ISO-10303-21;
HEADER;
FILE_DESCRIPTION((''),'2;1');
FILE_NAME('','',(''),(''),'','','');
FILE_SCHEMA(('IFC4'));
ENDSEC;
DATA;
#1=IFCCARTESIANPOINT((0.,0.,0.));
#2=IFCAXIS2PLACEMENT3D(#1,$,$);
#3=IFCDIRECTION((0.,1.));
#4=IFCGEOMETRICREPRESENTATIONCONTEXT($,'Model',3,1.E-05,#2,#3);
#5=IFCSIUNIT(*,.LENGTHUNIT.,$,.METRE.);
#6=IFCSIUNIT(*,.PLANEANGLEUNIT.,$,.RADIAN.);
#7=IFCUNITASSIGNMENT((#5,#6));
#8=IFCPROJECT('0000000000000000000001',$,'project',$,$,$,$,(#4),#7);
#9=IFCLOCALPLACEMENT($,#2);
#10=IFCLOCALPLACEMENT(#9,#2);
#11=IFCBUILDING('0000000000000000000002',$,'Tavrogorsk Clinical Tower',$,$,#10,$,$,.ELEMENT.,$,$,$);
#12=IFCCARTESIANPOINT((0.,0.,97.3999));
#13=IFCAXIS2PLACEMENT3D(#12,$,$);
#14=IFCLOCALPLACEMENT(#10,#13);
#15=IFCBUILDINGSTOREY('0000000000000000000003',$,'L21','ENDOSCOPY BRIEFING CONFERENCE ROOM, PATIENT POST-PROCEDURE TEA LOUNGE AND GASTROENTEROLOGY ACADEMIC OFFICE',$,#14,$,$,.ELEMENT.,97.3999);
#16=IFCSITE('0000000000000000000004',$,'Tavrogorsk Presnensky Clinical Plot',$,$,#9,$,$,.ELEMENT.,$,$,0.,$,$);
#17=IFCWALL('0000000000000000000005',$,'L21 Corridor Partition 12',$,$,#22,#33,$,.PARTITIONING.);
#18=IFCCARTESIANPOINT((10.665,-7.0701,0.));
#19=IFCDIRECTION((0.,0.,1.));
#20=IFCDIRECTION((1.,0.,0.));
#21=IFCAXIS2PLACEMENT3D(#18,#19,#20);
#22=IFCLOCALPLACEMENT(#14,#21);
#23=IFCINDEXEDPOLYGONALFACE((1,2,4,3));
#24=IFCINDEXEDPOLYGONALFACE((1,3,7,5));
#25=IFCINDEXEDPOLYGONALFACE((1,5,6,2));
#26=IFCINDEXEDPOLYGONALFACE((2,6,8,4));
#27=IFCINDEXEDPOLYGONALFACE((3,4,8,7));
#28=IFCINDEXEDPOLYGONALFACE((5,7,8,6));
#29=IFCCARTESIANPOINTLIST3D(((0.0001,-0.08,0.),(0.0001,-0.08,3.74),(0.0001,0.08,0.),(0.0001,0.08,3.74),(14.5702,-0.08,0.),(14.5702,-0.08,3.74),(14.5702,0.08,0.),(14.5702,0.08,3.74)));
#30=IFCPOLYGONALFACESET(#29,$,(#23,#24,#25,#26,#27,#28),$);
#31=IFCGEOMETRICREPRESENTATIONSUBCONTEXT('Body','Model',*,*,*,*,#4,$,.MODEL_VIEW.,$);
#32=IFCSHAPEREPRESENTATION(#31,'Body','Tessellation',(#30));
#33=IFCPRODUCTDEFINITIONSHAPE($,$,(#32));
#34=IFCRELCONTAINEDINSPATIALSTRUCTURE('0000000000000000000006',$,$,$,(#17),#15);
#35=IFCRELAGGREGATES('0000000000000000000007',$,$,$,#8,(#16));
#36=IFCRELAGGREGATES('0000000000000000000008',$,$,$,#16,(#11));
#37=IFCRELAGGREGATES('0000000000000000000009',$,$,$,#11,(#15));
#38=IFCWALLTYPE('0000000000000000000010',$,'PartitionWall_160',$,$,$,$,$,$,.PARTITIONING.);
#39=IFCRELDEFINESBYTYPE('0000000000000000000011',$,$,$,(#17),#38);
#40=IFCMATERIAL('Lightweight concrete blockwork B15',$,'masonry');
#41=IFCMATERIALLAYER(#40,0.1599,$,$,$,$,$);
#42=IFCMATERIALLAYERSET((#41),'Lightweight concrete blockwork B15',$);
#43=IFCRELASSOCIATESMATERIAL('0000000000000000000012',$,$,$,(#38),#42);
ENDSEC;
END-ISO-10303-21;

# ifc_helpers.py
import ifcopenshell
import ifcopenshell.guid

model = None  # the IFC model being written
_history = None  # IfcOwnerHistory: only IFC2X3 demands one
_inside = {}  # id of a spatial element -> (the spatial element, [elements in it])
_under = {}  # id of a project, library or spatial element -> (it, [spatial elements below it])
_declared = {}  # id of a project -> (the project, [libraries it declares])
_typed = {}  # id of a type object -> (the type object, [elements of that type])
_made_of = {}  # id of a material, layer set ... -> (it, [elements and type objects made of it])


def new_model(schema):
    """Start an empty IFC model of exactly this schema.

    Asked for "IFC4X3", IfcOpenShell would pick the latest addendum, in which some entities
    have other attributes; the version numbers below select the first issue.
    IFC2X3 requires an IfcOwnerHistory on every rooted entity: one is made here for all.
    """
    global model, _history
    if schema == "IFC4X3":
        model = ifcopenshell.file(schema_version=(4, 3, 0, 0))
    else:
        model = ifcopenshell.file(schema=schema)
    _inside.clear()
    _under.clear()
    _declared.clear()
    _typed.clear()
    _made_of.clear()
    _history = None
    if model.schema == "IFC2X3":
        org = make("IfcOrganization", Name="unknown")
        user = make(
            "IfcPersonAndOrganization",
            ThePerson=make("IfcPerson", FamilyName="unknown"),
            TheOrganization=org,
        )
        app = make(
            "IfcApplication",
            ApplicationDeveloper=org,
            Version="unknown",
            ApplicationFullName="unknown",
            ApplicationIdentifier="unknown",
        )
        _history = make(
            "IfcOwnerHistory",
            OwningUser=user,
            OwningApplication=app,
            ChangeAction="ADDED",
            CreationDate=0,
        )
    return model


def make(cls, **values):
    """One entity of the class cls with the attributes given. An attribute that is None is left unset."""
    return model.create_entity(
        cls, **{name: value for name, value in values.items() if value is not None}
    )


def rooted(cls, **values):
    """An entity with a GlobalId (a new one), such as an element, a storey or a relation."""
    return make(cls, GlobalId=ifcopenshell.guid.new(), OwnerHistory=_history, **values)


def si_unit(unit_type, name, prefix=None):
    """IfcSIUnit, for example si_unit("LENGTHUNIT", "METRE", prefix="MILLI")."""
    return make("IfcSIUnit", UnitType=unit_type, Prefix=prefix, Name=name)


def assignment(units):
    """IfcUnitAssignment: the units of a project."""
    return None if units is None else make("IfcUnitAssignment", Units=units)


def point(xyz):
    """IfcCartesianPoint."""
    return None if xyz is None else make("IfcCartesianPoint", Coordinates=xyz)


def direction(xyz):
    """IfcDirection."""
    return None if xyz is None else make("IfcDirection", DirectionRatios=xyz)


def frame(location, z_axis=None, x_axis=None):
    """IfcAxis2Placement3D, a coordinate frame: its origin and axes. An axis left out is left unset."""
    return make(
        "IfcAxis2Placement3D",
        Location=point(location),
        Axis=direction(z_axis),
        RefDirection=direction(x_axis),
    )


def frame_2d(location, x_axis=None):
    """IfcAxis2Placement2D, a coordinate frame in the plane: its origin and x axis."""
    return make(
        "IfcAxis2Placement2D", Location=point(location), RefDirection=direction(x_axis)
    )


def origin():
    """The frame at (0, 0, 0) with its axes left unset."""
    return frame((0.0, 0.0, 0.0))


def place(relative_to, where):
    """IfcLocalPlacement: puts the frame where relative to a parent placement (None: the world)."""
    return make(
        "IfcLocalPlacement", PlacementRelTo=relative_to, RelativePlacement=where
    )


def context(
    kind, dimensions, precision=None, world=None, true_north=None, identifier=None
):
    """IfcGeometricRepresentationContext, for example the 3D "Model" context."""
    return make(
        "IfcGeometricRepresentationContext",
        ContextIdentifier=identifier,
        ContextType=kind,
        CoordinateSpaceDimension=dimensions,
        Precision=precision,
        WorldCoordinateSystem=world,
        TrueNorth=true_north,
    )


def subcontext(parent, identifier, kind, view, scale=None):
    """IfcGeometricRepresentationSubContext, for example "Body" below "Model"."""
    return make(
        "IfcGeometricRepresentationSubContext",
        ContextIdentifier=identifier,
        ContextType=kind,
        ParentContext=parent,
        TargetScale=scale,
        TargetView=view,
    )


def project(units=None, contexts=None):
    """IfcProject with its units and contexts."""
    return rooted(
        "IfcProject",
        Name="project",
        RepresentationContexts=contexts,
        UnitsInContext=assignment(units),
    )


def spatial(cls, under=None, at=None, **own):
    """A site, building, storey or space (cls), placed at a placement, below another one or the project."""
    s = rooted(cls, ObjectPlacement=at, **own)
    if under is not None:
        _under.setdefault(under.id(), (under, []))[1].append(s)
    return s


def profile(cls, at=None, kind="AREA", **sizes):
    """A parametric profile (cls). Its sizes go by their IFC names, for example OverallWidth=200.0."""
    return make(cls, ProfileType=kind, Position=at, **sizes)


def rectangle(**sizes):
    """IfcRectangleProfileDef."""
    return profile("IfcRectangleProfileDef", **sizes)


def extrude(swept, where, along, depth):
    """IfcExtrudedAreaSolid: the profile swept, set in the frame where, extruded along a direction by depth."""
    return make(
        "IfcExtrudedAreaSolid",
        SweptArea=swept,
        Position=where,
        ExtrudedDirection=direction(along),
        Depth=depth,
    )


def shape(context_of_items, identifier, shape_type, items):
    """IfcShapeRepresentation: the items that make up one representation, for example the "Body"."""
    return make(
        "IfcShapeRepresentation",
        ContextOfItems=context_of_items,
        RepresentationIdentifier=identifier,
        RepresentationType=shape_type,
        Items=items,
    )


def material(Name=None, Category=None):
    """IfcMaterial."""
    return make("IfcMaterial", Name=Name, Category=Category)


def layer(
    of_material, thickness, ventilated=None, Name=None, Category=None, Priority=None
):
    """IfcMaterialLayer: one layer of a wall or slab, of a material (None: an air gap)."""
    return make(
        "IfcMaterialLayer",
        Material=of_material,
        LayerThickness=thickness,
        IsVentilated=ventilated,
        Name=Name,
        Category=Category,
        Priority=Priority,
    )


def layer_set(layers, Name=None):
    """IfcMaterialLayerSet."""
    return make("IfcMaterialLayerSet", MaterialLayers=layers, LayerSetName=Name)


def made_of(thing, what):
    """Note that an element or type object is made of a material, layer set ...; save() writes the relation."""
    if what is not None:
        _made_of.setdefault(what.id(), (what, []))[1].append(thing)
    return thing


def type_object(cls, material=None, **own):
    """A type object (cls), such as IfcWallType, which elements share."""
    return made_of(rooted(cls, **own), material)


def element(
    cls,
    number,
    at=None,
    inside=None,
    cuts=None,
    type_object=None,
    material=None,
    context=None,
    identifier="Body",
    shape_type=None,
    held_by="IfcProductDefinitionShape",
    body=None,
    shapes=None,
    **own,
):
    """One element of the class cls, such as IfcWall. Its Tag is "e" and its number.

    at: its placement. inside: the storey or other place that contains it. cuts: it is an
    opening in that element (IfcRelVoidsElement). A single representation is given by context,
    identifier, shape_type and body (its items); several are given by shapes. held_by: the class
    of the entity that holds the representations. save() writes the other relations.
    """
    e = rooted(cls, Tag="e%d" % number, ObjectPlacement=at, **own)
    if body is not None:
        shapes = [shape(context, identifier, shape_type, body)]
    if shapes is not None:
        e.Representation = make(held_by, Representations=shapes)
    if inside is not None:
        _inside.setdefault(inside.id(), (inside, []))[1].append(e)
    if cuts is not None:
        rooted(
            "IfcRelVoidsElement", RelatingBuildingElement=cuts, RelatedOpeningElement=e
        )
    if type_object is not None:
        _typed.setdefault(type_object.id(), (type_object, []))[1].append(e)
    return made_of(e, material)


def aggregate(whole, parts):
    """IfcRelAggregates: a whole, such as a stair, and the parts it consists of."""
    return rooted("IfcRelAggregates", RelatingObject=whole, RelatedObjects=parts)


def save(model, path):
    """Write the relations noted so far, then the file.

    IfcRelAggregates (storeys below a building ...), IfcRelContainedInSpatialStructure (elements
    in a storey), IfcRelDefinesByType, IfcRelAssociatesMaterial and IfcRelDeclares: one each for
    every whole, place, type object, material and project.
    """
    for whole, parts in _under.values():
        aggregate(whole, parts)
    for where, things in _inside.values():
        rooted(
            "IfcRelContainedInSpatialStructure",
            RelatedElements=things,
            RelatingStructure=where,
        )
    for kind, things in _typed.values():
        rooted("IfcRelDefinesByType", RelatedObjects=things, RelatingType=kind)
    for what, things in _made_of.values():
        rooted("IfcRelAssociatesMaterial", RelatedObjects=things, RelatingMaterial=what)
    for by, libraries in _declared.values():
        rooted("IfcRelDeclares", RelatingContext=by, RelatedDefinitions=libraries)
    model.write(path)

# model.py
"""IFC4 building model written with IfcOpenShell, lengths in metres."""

from ifc_helpers import new_model, si_unit, direction, frame, frame_2d, origin, place, context, subcontext, project, spatial, rectangle, extrude, material, layer, layer_set, type_object, element, save


model = new_model("IFC4")

# Units and contexts
model_context = context("Model", 3, precision=1e-05, world=origin(), true_north=direction((0.0, 1.0)))
body_context = subcontext(model_context, "Body", "Model", "MODEL_VIEW")
ifc_project = project(units=[si_unit("LENGTHUNIT", "METRE"), si_unit("PLANEANGLEUNIT", "RADIAN")], contexts=[model_context])

# Site, building, storey
site_placement = place(None, origin())
site = spatial("IfcSite", under=ifc_project, at=site_placement, Name="Tavrogorsk Presnensky Clinical Plot", CompositionType="ELEMENT", RefElevation=0.0)
building_placement = place(site_placement, origin())
building = spatial("IfcBuilding", under=site, at=building_placement, Name="Tavrogorsk Clinical Tower", CompositionType="ELEMENT")
storey_placement = place(building_placement, frame((0.0, 0.0, 97.3999)))
storey = spatial("IfcBuildingStorey", under=building, at=storey_placement, Name="L21", Description="ENDOSCOPY BRIEFING CONFERENCE ROOM, PATIENT POST-PROCEDURE TEA LOUNGE AND GASTROENTEROLOGY ACADEMIC OFFICE", CompositionType="ELEMENT", Elevation=97.3999)

# Wall
ifc_material_1 = material(Name="Lightweight concrete blockwork B15", Category="masonry")
ifc_layer_1 = layer(ifc_material_1, 0.1599)
ifc_layer_set_1 = layer_set([ifc_layer_1], Name="Lightweight concrete blockwork B15")
wall_type_1 = type_object("IfcWallType", Name="PartitionWall_160", PredefinedType="PARTITIONING", material=ifc_layer_set_1)
wall_1_placement = place(storey_placement, frame((10.665, -7.0701, 0.0), z_axis=(0.0, 0.0, 1.0), x_axis=(1.0, 0.0, 0.0)))
element("IfcWall", 1, at=wall_1_placement, inside=storey, type_object=wall_type_1, Name="L21 Corridor Partition 12", PredefinedType="PARTITIONING", context=body_context, shape_type="SweptSolid", body=[
    extrude(rectangle(XDim=14.5701, YDim=0.1599, at=frame_2d((7.2852, 0.0))), origin(), (0.0, 0.0, 1.0), 3.74),
])

save(model, "model.ifc")
